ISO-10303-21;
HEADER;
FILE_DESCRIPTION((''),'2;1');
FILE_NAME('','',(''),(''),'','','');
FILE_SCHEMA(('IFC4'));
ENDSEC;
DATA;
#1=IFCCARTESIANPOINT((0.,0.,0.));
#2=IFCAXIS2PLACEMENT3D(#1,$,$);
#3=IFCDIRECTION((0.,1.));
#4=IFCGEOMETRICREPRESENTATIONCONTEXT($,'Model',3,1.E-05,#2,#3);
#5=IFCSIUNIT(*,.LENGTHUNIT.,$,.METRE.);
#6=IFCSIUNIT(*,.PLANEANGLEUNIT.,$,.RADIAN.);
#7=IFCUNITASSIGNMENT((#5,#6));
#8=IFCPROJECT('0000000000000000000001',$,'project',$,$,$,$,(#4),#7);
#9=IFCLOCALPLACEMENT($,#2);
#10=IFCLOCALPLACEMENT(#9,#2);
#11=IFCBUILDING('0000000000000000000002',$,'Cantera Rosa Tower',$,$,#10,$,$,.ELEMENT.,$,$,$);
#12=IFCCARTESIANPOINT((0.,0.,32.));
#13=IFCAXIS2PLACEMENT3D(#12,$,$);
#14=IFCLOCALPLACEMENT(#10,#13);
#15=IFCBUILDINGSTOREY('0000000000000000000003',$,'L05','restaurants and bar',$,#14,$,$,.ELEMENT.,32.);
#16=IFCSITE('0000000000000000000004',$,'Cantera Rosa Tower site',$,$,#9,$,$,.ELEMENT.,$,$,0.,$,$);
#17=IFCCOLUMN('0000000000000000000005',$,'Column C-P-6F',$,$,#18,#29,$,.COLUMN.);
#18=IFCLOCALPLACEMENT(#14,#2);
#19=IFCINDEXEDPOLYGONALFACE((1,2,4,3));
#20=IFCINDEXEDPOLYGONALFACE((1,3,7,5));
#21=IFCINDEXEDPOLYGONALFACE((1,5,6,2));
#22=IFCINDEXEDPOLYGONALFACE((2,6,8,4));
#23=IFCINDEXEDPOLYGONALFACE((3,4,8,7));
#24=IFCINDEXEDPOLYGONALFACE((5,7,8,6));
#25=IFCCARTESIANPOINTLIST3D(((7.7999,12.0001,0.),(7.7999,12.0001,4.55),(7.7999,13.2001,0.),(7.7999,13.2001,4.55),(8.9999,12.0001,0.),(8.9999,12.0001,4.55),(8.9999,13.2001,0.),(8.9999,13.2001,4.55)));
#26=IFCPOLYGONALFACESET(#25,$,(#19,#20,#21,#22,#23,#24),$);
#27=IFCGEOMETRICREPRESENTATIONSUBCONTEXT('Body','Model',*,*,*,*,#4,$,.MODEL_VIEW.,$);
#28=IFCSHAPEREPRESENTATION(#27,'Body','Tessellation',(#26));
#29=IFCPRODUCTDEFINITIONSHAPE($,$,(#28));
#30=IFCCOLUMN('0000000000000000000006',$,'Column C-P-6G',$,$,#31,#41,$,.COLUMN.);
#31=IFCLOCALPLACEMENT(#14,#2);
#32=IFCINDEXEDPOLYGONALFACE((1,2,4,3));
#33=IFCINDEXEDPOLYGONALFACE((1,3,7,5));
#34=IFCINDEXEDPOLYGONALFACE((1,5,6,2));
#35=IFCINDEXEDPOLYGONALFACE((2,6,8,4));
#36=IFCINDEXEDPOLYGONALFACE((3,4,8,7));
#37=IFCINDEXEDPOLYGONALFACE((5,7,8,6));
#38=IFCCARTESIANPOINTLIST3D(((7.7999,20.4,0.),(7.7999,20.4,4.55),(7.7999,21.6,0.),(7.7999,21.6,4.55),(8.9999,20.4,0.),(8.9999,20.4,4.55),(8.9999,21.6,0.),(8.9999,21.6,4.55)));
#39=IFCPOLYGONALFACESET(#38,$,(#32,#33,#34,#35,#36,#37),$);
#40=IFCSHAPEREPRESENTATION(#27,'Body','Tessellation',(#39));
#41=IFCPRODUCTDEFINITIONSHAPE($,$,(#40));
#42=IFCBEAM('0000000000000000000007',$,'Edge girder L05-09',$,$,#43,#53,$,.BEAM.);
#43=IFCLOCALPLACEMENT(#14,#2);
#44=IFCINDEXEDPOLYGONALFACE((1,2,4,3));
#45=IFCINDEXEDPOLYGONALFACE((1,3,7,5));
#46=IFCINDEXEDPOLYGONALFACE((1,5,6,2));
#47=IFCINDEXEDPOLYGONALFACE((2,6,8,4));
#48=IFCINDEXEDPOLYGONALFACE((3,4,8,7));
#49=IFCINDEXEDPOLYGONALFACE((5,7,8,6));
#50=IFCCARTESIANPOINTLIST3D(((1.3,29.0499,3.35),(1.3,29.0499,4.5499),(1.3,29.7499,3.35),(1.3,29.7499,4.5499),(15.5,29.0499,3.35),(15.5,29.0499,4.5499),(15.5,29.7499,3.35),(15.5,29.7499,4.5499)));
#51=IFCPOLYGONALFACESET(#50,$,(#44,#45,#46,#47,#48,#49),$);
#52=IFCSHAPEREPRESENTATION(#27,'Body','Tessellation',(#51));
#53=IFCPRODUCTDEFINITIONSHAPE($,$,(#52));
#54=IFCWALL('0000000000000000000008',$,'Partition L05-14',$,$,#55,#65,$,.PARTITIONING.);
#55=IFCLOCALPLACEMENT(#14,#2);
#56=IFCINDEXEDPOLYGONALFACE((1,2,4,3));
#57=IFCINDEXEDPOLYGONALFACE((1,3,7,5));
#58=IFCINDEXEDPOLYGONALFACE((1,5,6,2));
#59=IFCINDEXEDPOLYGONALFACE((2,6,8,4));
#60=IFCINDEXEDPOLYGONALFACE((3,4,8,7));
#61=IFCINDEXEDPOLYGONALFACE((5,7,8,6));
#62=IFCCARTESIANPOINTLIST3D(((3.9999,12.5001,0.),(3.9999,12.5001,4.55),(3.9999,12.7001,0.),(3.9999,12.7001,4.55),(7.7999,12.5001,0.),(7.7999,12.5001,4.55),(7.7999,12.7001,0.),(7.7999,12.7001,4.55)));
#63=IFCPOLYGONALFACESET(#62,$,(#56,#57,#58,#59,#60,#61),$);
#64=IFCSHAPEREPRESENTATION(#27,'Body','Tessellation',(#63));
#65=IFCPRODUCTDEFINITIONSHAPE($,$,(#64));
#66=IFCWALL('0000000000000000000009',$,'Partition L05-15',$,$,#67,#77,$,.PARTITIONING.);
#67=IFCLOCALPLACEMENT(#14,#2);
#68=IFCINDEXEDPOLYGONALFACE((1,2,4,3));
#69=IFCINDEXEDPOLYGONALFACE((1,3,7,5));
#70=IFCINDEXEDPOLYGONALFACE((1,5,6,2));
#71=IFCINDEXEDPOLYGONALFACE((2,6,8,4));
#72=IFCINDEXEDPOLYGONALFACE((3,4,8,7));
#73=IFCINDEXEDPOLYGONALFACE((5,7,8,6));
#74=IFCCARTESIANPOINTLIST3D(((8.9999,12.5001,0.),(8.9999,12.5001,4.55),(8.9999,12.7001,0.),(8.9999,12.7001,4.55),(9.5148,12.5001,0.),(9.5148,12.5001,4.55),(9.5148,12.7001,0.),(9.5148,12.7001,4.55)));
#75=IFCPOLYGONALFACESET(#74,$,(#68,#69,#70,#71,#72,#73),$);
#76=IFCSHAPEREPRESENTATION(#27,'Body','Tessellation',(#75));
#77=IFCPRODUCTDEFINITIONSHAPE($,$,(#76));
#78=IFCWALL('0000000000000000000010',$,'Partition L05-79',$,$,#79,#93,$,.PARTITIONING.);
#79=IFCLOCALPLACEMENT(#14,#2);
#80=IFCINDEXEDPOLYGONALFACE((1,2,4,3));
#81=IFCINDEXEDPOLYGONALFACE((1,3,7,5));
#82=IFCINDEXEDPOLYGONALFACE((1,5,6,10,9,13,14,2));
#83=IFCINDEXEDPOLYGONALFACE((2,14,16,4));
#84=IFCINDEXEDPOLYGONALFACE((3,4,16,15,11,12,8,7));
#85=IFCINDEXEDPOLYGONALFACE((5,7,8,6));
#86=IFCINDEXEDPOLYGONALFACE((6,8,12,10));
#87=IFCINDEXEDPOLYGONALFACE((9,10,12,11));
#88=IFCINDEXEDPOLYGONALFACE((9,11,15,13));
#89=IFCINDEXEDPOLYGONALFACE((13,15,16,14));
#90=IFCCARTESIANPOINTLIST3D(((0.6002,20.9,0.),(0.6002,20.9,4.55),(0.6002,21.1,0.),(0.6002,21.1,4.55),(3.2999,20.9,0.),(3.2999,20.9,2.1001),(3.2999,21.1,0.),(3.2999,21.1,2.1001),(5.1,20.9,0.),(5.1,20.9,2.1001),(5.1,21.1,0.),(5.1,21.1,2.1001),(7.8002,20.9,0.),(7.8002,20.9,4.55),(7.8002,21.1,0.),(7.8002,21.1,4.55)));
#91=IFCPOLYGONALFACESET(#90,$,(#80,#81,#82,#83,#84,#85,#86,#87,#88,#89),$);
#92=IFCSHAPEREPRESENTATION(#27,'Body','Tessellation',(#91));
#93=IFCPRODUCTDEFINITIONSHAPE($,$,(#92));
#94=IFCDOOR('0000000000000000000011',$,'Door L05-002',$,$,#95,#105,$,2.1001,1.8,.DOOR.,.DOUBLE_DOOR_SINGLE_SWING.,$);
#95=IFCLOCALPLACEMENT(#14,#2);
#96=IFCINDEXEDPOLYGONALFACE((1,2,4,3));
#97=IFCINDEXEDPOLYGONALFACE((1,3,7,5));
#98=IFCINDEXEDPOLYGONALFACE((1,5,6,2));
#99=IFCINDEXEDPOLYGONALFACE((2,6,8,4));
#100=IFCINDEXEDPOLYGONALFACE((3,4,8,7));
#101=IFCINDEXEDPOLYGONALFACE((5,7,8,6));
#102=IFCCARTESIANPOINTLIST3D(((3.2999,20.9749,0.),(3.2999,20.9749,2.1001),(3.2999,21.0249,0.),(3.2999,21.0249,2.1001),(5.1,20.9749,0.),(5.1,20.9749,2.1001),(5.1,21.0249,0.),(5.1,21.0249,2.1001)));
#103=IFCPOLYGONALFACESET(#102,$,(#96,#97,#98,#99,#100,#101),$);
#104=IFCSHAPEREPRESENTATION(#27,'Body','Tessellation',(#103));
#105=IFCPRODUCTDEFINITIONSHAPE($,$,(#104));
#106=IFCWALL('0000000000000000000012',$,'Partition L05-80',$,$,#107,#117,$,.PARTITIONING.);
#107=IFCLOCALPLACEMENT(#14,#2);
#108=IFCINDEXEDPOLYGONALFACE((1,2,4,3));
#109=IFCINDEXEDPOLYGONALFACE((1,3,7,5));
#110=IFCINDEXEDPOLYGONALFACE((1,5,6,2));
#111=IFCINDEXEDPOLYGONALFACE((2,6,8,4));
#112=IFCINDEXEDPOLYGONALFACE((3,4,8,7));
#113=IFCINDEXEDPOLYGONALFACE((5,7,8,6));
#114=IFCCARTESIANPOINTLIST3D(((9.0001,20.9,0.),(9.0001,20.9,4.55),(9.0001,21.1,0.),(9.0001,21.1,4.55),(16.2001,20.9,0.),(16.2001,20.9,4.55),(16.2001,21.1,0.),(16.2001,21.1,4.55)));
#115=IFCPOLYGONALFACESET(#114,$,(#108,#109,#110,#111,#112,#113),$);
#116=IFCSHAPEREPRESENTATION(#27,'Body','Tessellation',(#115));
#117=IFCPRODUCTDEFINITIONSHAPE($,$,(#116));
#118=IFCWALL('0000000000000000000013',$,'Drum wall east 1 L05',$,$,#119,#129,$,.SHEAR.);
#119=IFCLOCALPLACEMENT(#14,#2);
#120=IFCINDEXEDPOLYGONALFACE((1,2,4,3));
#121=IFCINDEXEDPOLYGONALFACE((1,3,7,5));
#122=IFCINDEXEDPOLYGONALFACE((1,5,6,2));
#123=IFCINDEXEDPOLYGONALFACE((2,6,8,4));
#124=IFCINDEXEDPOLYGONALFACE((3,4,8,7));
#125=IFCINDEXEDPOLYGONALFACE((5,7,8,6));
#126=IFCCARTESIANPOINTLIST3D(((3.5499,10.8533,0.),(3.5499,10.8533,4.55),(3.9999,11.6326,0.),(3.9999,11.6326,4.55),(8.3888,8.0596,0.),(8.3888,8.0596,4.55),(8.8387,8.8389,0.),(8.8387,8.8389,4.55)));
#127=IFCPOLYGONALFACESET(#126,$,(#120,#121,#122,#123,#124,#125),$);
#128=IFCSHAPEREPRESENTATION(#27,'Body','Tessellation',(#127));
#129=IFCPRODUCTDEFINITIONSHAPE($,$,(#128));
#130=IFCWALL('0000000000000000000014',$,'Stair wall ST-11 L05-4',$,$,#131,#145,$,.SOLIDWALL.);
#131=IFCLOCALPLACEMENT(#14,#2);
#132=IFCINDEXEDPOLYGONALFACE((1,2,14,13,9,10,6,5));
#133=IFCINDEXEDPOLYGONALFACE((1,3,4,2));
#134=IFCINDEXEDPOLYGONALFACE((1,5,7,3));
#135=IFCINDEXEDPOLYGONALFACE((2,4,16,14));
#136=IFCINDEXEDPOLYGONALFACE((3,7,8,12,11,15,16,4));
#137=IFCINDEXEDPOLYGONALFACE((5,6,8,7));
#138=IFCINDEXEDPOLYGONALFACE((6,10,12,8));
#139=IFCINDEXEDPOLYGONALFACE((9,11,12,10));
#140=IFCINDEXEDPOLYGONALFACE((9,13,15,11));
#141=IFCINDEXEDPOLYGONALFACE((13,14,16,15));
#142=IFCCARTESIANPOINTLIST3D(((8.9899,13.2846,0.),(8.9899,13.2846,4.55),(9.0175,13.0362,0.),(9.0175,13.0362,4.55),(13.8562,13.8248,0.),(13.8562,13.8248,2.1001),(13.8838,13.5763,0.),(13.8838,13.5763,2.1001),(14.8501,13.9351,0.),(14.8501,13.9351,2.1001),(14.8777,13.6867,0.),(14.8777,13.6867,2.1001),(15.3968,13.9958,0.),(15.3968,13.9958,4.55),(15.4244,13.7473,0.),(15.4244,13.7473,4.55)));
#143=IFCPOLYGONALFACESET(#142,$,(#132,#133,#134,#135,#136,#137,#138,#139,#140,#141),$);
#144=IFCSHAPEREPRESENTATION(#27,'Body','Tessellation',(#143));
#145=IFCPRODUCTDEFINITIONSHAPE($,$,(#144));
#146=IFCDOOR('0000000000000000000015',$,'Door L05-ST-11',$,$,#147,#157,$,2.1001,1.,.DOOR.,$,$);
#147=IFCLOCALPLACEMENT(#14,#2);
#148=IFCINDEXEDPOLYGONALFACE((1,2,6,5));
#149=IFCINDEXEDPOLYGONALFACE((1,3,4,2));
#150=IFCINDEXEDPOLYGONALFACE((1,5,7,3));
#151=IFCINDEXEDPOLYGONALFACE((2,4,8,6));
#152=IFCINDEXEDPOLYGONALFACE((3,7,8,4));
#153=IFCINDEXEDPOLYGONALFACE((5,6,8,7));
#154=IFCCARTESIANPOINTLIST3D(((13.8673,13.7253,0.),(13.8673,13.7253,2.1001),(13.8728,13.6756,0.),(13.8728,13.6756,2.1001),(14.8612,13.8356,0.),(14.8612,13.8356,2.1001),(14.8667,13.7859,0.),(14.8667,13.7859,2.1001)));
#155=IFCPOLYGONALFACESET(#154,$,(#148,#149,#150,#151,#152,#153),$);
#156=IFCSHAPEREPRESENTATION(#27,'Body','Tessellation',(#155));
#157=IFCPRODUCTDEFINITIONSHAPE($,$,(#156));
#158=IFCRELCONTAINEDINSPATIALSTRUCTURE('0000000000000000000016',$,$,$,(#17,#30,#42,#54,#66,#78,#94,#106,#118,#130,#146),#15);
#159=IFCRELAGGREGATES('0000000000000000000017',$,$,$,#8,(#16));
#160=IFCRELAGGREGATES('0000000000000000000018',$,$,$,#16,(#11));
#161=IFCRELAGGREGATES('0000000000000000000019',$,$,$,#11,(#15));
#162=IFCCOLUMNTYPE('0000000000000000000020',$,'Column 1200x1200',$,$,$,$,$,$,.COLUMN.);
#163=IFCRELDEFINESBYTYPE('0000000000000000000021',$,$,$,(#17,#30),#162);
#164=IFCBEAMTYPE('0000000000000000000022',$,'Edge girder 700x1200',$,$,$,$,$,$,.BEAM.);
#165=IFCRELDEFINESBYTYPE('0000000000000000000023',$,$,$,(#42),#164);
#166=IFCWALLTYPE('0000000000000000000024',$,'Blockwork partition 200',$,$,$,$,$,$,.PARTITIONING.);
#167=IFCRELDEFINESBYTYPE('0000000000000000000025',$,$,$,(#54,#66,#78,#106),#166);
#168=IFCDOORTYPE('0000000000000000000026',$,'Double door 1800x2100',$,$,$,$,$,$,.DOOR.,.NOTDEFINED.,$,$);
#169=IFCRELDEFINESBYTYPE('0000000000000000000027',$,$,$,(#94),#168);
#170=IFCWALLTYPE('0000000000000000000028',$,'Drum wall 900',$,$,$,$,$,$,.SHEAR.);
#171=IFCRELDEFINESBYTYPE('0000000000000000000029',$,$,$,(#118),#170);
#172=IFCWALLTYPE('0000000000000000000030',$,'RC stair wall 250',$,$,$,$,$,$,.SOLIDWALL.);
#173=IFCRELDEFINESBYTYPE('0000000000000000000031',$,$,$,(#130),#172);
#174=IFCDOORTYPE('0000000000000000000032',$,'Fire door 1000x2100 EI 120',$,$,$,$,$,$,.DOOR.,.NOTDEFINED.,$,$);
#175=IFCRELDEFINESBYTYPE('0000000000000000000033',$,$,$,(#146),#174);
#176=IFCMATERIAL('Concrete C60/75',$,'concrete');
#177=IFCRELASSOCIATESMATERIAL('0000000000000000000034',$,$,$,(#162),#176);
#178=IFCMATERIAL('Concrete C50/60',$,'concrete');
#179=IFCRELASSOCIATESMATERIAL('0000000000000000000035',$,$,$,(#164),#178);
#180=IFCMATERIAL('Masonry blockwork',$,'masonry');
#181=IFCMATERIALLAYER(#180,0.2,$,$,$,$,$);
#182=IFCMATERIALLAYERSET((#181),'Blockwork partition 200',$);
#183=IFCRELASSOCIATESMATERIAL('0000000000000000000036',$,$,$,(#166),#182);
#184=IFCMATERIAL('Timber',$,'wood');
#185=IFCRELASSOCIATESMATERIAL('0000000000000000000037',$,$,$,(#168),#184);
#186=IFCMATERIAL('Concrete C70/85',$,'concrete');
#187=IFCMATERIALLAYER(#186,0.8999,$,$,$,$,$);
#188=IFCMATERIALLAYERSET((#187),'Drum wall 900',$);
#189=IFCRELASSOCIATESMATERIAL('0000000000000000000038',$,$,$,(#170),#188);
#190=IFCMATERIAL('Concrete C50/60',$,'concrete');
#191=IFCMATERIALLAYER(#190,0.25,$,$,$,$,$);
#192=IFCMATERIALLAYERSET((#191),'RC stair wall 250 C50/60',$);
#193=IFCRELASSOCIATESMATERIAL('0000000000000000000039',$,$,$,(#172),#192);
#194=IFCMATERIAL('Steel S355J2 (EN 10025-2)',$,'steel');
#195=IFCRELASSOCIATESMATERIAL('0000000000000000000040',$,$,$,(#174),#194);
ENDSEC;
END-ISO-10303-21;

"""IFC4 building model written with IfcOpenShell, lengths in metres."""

from ifc_helpers import new_model, si_unit, direction, frame, frame_2d, origin, origin_2d, place, context, subcontext, project, spatial, rectangle, extrude, material, layer, layer_set, material_profile, profile_set, type_object, element, fill, save


model = new_model("IFC4")

# Units and contexts
model_context = context("Model", 3, precision=1e-05, world=origin(), true_north=direction((0.0, 1.0)))
body_context = subcontext(model_context, "Body", "Model", "MODEL_VIEW")
ifc_project = project(units=[si_unit("LENGTHUNIT", "METRE"), si_unit("PLANEANGLEUNIT", "RADIAN")], contexts=[model_context])

# Site, building, storey
site_placement = place(None, origin())
site = spatial("IfcSite", under=ifc_project, at=site_placement, Name="Cantera Rosa Tower site", CompositionType="ELEMENT", RefElevation=0.0)
building_placement = place(site_placement, origin())
building = spatial("IfcBuilding", under=site, at=building_placement, Name="Cantera Rosa Tower", CompositionType="ELEMENT")
storey_placement = place(building_placement, frame((0.0, 0.0, 32.0)))
storey = spatial("IfcBuildingStorey", under=building, at=storey_placement, Name="L05", Description="restaurants and bar", CompositionType="ELEMENT", Elevation=32.0)

# Columns
ifc_material_1 = material(Name="Concrete C60/75", Category="concrete")
ifc_material_profile_1 = material_profile(ifc_material_1, rectangle(XDim=1.2, YDim=1.2, at=origin_2d()), Name="Column 1200x1200")
ifc_profile_set_1 = profile_set([ifc_material_profile_1], Name="Concrete C60/75")
column_type = type_object("IfcColumnType", Name="Column 1200x1200", PredefinedType="COLUMN", material=ifc_profile_set_1)
for number, where, z_axis, x_axis, name in (
    (1, (8.3999, 12.6001, 0.0), (0.0, 0.0, 1.0), (1.0, 0.0, 0.0), "Column C-P-6F"),
    (2, (8.3999, 21.0, 0.0), (0.0, 0.0, 1.0), (1.0, 0.0, 0.0), "Column C-P-6G"),
):
    element("IfcColumn", number, at=place(storey_placement, frame(where, z_axis=z_axis, x_axis=x_axis)), inside=storey, type_object=column_type, Name=name, PredefinedType="COLUMN", context=body_context, shape_type="SweptSolid", body=[
        extrude(rectangle(XDim=1.2, YDim=1.2, at=origin_2d()), origin(), (0.0, 0.0, 1.0), 4.55),
    ])

# Beam
ifc_material_2 = material(Name="Concrete C50/60", Category="concrete")
ifc_material_profile_2 = material_profile(ifc_material_2, rectangle(XDim=0.7, YDim=1.2, at=origin_2d()), Name="Edge girder 700x1200")
ifc_profile_set_2 = profile_set([ifc_material_profile_2], Name="Concrete C50/60")
beam_type = type_object("IfcBeamType", Name="Edge girder 700x1200", PredefinedType="BEAM", material=ifc_profile_set_2)
beam_placement = place(storey_placement, frame((1.3, 29.3999, 3.95), z_axis=(1.0, 0.0, 0.0), x_axis=(0.0, 1.0, 0.0)))
element("IfcBeam", 3, at=beam_placement, inside=storey, type_object=beam_type, Name="Edge girder L05-09", PredefinedType="BEAM", context=body_context, shape_type="SweptSolid", body=[
    extrude(rectangle(XDim=0.7, YDim=1.2, at=origin_2d()), origin(), (0.0, 0.0, 1.0), 14.2),
])

# Walls
ifc_material_3 = material(Name="Masonry blockwork", Category="masonry")
ifc_layer_1 = layer(ifc_material_3, 0.2)
ifc_layer_set_1 = layer_set([ifc_layer_1], Name="Blockwork partition 200")
wall_type_1 = type_object("IfcWallType", Name="Blockwork partition 200", PredefinedType="PARTITIONING", material=ifc_layer_set_1)
wall_1_placement = place(storey_placement, frame((4.0, 12.6001, 0.0), z_axis=(0.0, 0.0, 1.0), x_axis=(1.0, 0.0, 0.0)))
element("IfcWall", 4, at=wall_1_placement, inside=storey, type_object=wall_type_1, Name="Partition L05-14", PredefinedType="PARTITIONING", context=body_context, shape_type="SweptSolid", body=[
    extrude(rectangle(XDim=3.8, YDim=0.2, at=frame_2d((1.8999, 0.0))), origin(), (0.0, 0.0, 1.0), 4.55),
])
wall_2_placement = place(storey_placement, frame((9.0, 12.6001, 0.0), z_axis=(0.0, 0.0, 1.0), x_axis=(1.0, 0.0, 0.0)))
element("IfcWall", 5, at=wall_2_placement, inside=storey, type_object=wall_type_1, Name="Partition L05-15", PredefinedType="PARTITIONING", context=body_context, shape_type="SweptSolid", body=[
    extrude(rectangle(XDim=0.5149, YDim=0.2, at=frame_2d((0.2573, 0.0))), origin(), (0.0, 0.0, 1.0), 4.55),
])

# Wall, opening, door
wall_3_placement = place(storey_placement, frame((0.6001, 21.0, 0.0), z_axis=(0.0, 0.0, 1.0), x_axis=(1.0, 0.0, 0.0)))
wall_3 = element("IfcWall", 6, at=wall_3_placement, inside=storey, type_object=wall_type_1, Name="Partition L05-79", PredefinedType="PARTITIONING", context=body_context, shape_type="SweptSolid", body=[
    extrude(rectangle(XDim=7.2, YDim=0.2, at=frame_2d((3.6001, 0.0))), origin(), (0.0, 0.0, 1.0), 4.55),
])
opening_1_placement = place(wall_3_placement, frame((2.7, 0.0, 0.0)))
opening_1 = element("IfcOpeningElement", 7, at=opening_1_placement, cuts=wall_3, PredefinedType="OPENING", context=body_context, shape_type="SweptSolid", body=[
    extrude(rectangle(XDim=1.8, YDim=2.1001, at=frame_2d((0.8999, 1.05))), frame((0.0, 0.1099, 0.0), z_axis=(0.0, -1.0, 0.0), x_axis=(1.0, 0.0, 0.0)), (0.0, 0.0, 1.0), 0.22),
])
ifc_material_4 = material(Name="Timber", Category="wood")
door_type_1 = type_object("IfcDoorType", Name="Double door 1800x2100", OperationType="NOTDEFINED", PredefinedType="DOOR", material=ifc_material_4)
door_1_placement = place(opening_1_placement, origin())
door_1 = element("IfcDoor", 8, at=door_1_placement, inside=storey, type_object=door_type_1, Name="Door L05-002", OperationType="DOUBLE_DOOR_SINGLE_SWING", OverallHeight=2.1001, OverallWidth=1.8, PredefinedType="DOOR", context=body_context, shape_type="SweptSolid", body=[
    extrude(rectangle(XDim=1.8, YDim=2.1001, at=frame_2d((0.8999, 1.05))), frame((0.0, 0.0249, 0.0), z_axis=(0.0, -1.0, 0.0), x_axis=(1.0, 0.0, 0.0)), (0.0, 0.0, 1.0), 0.05),
])
fill(opening_1, door_1)

# Walls
wall_4_placement = place(storey_placement, frame((9.0, 21.0, 0.0), z_axis=(0.0, 0.0, 1.0), x_axis=(1.0, 0.0, 0.0)))
element("IfcWall", 9, at=wall_4_placement, inside=storey, type_object=wall_type_1, Name="Partition L05-80", PredefinedType="PARTITIONING", context=body_context, shape_type="SweptSolid", body=[
    extrude(rectangle(XDim=7.2, YDim=0.2, at=frame_2d((3.6001, 0.0))), origin(), (0.0, 0.0, 1.0), 4.55),
])
ifc_material_5 = material(Name="Concrete C70/85", Category="concrete")
ifc_layer_2 = layer(ifc_material_5, 0.8999)
ifc_layer_set_2 = layer_set([ifc_layer_2], Name="Drum wall 900")
wall_type_2 = type_object("IfcWallType", Name="Drum wall 900", PredefinedType="SHEAR", material=ifc_layer_set_2)
wall_5_placement = place(storey_placement, frame((3.7749, 11.2429, 0.0), z_axis=(0.0, 0.0, 1.0), x_axis=(0.866027, -0.499997, 0.0)))
element("IfcWall", 10, at=wall_5_placement, inside=storey, type_object=wall_type_2, Name="Drum wall east 1 L05", PredefinedType="SHEAR", context=body_context, shape_type="SweptSolid", body=[
    extrude(rectangle(XDim=5.5874, YDim=0.8999, at=frame_2d((2.7937, 0.0))), origin(), (0.0, 0.0, 1.0), 4.55),
])

# Wall, opening, door
ifc_material_6 = material(Name="Concrete C50/60", Category="concrete")
ifc_layer_3 = layer(ifc_material_6, 0.25)
ifc_layer_set_3 = layer_set([ifc_layer_3], Name="RC stair wall 250 C50/60")
wall_type_3 = type_object("IfcWallType", Name="RC stair wall 250", PredefinedType="SOLIDWALL", material=ifc_layer_set_3)
wall_6_placement = place(storey_placement, frame((9.0037, 13.1604, 0.0), z_axis=(0.0, 0.0, 1.0), x_axis=(0.993896, 0.110323, 0.0)))
wall_6 = element("IfcWall", 11, at=wall_6_placement, inside=storey, type_object=wall_type_3, Name="Stair wall ST-11 L05-4", PredefinedType="SOLIDWALL", context=body_context, shape_type="SweptSolid", body=[
    extrude(rectangle(XDim=6.4463, YDim=0.25, at=frame_2d((3.2231, 0.0))), origin(), (0.0, 0.0, 1.0), 4.55),
])
opening_2_placement = place(wall_6_placement, frame((4.8962, 0.0, 0.0)))
opening_2 = element("IfcOpeningElement", 12, at=opening_2_placement, cuts=wall_6, PredefinedType="OPENING", context=body_context, shape_type="SweptSolid", body=[
    extrude(rectangle(XDim=1.0, YDim=2.1001, at=frame_2d((0.5, 1.05))), frame((0.0, 0.135, 0.0), z_axis=(0.0, -1.0, 0.0), x_axis=(1.0, 0.0, 0.0)), (0.0, 0.0, 1.0), 0.27),
])
ifc_material_7 = material(Name="Steel S355J2 (EN 10025-2)", Category="steel")
door_type_2 = type_object("IfcDoorType", Name="Fire door 1000x2100 EI 120", OperationType="NOTDEFINED", PredefinedType="DOOR", material=ifc_material_7)
door_2_placement = place(opening_2_placement, origin())
door_2 = element("IfcDoor", 13, at=door_2_placement, inside=storey, type_object=door_type_2, Name="Door L05-ST-11", OverallHeight=2.1001, OverallWidth=1.0, PredefinedType="DOOR", context=body_context, shape_type="SweptSolid", body=[
    extrude(rectangle(XDim=1.0, YDim=2.1001, at=frame_2d((0.5, 1.05))), frame((0.0, 0.0249, 0.0), z_axis=(0.0, -1.0, 0.0), x_axis=(1.0, 0.0, 0.0)), (0.0, 0.0, 1.0), 0.05),
])
fill(opening_2, door_2)

save(model, "model.ifc")
